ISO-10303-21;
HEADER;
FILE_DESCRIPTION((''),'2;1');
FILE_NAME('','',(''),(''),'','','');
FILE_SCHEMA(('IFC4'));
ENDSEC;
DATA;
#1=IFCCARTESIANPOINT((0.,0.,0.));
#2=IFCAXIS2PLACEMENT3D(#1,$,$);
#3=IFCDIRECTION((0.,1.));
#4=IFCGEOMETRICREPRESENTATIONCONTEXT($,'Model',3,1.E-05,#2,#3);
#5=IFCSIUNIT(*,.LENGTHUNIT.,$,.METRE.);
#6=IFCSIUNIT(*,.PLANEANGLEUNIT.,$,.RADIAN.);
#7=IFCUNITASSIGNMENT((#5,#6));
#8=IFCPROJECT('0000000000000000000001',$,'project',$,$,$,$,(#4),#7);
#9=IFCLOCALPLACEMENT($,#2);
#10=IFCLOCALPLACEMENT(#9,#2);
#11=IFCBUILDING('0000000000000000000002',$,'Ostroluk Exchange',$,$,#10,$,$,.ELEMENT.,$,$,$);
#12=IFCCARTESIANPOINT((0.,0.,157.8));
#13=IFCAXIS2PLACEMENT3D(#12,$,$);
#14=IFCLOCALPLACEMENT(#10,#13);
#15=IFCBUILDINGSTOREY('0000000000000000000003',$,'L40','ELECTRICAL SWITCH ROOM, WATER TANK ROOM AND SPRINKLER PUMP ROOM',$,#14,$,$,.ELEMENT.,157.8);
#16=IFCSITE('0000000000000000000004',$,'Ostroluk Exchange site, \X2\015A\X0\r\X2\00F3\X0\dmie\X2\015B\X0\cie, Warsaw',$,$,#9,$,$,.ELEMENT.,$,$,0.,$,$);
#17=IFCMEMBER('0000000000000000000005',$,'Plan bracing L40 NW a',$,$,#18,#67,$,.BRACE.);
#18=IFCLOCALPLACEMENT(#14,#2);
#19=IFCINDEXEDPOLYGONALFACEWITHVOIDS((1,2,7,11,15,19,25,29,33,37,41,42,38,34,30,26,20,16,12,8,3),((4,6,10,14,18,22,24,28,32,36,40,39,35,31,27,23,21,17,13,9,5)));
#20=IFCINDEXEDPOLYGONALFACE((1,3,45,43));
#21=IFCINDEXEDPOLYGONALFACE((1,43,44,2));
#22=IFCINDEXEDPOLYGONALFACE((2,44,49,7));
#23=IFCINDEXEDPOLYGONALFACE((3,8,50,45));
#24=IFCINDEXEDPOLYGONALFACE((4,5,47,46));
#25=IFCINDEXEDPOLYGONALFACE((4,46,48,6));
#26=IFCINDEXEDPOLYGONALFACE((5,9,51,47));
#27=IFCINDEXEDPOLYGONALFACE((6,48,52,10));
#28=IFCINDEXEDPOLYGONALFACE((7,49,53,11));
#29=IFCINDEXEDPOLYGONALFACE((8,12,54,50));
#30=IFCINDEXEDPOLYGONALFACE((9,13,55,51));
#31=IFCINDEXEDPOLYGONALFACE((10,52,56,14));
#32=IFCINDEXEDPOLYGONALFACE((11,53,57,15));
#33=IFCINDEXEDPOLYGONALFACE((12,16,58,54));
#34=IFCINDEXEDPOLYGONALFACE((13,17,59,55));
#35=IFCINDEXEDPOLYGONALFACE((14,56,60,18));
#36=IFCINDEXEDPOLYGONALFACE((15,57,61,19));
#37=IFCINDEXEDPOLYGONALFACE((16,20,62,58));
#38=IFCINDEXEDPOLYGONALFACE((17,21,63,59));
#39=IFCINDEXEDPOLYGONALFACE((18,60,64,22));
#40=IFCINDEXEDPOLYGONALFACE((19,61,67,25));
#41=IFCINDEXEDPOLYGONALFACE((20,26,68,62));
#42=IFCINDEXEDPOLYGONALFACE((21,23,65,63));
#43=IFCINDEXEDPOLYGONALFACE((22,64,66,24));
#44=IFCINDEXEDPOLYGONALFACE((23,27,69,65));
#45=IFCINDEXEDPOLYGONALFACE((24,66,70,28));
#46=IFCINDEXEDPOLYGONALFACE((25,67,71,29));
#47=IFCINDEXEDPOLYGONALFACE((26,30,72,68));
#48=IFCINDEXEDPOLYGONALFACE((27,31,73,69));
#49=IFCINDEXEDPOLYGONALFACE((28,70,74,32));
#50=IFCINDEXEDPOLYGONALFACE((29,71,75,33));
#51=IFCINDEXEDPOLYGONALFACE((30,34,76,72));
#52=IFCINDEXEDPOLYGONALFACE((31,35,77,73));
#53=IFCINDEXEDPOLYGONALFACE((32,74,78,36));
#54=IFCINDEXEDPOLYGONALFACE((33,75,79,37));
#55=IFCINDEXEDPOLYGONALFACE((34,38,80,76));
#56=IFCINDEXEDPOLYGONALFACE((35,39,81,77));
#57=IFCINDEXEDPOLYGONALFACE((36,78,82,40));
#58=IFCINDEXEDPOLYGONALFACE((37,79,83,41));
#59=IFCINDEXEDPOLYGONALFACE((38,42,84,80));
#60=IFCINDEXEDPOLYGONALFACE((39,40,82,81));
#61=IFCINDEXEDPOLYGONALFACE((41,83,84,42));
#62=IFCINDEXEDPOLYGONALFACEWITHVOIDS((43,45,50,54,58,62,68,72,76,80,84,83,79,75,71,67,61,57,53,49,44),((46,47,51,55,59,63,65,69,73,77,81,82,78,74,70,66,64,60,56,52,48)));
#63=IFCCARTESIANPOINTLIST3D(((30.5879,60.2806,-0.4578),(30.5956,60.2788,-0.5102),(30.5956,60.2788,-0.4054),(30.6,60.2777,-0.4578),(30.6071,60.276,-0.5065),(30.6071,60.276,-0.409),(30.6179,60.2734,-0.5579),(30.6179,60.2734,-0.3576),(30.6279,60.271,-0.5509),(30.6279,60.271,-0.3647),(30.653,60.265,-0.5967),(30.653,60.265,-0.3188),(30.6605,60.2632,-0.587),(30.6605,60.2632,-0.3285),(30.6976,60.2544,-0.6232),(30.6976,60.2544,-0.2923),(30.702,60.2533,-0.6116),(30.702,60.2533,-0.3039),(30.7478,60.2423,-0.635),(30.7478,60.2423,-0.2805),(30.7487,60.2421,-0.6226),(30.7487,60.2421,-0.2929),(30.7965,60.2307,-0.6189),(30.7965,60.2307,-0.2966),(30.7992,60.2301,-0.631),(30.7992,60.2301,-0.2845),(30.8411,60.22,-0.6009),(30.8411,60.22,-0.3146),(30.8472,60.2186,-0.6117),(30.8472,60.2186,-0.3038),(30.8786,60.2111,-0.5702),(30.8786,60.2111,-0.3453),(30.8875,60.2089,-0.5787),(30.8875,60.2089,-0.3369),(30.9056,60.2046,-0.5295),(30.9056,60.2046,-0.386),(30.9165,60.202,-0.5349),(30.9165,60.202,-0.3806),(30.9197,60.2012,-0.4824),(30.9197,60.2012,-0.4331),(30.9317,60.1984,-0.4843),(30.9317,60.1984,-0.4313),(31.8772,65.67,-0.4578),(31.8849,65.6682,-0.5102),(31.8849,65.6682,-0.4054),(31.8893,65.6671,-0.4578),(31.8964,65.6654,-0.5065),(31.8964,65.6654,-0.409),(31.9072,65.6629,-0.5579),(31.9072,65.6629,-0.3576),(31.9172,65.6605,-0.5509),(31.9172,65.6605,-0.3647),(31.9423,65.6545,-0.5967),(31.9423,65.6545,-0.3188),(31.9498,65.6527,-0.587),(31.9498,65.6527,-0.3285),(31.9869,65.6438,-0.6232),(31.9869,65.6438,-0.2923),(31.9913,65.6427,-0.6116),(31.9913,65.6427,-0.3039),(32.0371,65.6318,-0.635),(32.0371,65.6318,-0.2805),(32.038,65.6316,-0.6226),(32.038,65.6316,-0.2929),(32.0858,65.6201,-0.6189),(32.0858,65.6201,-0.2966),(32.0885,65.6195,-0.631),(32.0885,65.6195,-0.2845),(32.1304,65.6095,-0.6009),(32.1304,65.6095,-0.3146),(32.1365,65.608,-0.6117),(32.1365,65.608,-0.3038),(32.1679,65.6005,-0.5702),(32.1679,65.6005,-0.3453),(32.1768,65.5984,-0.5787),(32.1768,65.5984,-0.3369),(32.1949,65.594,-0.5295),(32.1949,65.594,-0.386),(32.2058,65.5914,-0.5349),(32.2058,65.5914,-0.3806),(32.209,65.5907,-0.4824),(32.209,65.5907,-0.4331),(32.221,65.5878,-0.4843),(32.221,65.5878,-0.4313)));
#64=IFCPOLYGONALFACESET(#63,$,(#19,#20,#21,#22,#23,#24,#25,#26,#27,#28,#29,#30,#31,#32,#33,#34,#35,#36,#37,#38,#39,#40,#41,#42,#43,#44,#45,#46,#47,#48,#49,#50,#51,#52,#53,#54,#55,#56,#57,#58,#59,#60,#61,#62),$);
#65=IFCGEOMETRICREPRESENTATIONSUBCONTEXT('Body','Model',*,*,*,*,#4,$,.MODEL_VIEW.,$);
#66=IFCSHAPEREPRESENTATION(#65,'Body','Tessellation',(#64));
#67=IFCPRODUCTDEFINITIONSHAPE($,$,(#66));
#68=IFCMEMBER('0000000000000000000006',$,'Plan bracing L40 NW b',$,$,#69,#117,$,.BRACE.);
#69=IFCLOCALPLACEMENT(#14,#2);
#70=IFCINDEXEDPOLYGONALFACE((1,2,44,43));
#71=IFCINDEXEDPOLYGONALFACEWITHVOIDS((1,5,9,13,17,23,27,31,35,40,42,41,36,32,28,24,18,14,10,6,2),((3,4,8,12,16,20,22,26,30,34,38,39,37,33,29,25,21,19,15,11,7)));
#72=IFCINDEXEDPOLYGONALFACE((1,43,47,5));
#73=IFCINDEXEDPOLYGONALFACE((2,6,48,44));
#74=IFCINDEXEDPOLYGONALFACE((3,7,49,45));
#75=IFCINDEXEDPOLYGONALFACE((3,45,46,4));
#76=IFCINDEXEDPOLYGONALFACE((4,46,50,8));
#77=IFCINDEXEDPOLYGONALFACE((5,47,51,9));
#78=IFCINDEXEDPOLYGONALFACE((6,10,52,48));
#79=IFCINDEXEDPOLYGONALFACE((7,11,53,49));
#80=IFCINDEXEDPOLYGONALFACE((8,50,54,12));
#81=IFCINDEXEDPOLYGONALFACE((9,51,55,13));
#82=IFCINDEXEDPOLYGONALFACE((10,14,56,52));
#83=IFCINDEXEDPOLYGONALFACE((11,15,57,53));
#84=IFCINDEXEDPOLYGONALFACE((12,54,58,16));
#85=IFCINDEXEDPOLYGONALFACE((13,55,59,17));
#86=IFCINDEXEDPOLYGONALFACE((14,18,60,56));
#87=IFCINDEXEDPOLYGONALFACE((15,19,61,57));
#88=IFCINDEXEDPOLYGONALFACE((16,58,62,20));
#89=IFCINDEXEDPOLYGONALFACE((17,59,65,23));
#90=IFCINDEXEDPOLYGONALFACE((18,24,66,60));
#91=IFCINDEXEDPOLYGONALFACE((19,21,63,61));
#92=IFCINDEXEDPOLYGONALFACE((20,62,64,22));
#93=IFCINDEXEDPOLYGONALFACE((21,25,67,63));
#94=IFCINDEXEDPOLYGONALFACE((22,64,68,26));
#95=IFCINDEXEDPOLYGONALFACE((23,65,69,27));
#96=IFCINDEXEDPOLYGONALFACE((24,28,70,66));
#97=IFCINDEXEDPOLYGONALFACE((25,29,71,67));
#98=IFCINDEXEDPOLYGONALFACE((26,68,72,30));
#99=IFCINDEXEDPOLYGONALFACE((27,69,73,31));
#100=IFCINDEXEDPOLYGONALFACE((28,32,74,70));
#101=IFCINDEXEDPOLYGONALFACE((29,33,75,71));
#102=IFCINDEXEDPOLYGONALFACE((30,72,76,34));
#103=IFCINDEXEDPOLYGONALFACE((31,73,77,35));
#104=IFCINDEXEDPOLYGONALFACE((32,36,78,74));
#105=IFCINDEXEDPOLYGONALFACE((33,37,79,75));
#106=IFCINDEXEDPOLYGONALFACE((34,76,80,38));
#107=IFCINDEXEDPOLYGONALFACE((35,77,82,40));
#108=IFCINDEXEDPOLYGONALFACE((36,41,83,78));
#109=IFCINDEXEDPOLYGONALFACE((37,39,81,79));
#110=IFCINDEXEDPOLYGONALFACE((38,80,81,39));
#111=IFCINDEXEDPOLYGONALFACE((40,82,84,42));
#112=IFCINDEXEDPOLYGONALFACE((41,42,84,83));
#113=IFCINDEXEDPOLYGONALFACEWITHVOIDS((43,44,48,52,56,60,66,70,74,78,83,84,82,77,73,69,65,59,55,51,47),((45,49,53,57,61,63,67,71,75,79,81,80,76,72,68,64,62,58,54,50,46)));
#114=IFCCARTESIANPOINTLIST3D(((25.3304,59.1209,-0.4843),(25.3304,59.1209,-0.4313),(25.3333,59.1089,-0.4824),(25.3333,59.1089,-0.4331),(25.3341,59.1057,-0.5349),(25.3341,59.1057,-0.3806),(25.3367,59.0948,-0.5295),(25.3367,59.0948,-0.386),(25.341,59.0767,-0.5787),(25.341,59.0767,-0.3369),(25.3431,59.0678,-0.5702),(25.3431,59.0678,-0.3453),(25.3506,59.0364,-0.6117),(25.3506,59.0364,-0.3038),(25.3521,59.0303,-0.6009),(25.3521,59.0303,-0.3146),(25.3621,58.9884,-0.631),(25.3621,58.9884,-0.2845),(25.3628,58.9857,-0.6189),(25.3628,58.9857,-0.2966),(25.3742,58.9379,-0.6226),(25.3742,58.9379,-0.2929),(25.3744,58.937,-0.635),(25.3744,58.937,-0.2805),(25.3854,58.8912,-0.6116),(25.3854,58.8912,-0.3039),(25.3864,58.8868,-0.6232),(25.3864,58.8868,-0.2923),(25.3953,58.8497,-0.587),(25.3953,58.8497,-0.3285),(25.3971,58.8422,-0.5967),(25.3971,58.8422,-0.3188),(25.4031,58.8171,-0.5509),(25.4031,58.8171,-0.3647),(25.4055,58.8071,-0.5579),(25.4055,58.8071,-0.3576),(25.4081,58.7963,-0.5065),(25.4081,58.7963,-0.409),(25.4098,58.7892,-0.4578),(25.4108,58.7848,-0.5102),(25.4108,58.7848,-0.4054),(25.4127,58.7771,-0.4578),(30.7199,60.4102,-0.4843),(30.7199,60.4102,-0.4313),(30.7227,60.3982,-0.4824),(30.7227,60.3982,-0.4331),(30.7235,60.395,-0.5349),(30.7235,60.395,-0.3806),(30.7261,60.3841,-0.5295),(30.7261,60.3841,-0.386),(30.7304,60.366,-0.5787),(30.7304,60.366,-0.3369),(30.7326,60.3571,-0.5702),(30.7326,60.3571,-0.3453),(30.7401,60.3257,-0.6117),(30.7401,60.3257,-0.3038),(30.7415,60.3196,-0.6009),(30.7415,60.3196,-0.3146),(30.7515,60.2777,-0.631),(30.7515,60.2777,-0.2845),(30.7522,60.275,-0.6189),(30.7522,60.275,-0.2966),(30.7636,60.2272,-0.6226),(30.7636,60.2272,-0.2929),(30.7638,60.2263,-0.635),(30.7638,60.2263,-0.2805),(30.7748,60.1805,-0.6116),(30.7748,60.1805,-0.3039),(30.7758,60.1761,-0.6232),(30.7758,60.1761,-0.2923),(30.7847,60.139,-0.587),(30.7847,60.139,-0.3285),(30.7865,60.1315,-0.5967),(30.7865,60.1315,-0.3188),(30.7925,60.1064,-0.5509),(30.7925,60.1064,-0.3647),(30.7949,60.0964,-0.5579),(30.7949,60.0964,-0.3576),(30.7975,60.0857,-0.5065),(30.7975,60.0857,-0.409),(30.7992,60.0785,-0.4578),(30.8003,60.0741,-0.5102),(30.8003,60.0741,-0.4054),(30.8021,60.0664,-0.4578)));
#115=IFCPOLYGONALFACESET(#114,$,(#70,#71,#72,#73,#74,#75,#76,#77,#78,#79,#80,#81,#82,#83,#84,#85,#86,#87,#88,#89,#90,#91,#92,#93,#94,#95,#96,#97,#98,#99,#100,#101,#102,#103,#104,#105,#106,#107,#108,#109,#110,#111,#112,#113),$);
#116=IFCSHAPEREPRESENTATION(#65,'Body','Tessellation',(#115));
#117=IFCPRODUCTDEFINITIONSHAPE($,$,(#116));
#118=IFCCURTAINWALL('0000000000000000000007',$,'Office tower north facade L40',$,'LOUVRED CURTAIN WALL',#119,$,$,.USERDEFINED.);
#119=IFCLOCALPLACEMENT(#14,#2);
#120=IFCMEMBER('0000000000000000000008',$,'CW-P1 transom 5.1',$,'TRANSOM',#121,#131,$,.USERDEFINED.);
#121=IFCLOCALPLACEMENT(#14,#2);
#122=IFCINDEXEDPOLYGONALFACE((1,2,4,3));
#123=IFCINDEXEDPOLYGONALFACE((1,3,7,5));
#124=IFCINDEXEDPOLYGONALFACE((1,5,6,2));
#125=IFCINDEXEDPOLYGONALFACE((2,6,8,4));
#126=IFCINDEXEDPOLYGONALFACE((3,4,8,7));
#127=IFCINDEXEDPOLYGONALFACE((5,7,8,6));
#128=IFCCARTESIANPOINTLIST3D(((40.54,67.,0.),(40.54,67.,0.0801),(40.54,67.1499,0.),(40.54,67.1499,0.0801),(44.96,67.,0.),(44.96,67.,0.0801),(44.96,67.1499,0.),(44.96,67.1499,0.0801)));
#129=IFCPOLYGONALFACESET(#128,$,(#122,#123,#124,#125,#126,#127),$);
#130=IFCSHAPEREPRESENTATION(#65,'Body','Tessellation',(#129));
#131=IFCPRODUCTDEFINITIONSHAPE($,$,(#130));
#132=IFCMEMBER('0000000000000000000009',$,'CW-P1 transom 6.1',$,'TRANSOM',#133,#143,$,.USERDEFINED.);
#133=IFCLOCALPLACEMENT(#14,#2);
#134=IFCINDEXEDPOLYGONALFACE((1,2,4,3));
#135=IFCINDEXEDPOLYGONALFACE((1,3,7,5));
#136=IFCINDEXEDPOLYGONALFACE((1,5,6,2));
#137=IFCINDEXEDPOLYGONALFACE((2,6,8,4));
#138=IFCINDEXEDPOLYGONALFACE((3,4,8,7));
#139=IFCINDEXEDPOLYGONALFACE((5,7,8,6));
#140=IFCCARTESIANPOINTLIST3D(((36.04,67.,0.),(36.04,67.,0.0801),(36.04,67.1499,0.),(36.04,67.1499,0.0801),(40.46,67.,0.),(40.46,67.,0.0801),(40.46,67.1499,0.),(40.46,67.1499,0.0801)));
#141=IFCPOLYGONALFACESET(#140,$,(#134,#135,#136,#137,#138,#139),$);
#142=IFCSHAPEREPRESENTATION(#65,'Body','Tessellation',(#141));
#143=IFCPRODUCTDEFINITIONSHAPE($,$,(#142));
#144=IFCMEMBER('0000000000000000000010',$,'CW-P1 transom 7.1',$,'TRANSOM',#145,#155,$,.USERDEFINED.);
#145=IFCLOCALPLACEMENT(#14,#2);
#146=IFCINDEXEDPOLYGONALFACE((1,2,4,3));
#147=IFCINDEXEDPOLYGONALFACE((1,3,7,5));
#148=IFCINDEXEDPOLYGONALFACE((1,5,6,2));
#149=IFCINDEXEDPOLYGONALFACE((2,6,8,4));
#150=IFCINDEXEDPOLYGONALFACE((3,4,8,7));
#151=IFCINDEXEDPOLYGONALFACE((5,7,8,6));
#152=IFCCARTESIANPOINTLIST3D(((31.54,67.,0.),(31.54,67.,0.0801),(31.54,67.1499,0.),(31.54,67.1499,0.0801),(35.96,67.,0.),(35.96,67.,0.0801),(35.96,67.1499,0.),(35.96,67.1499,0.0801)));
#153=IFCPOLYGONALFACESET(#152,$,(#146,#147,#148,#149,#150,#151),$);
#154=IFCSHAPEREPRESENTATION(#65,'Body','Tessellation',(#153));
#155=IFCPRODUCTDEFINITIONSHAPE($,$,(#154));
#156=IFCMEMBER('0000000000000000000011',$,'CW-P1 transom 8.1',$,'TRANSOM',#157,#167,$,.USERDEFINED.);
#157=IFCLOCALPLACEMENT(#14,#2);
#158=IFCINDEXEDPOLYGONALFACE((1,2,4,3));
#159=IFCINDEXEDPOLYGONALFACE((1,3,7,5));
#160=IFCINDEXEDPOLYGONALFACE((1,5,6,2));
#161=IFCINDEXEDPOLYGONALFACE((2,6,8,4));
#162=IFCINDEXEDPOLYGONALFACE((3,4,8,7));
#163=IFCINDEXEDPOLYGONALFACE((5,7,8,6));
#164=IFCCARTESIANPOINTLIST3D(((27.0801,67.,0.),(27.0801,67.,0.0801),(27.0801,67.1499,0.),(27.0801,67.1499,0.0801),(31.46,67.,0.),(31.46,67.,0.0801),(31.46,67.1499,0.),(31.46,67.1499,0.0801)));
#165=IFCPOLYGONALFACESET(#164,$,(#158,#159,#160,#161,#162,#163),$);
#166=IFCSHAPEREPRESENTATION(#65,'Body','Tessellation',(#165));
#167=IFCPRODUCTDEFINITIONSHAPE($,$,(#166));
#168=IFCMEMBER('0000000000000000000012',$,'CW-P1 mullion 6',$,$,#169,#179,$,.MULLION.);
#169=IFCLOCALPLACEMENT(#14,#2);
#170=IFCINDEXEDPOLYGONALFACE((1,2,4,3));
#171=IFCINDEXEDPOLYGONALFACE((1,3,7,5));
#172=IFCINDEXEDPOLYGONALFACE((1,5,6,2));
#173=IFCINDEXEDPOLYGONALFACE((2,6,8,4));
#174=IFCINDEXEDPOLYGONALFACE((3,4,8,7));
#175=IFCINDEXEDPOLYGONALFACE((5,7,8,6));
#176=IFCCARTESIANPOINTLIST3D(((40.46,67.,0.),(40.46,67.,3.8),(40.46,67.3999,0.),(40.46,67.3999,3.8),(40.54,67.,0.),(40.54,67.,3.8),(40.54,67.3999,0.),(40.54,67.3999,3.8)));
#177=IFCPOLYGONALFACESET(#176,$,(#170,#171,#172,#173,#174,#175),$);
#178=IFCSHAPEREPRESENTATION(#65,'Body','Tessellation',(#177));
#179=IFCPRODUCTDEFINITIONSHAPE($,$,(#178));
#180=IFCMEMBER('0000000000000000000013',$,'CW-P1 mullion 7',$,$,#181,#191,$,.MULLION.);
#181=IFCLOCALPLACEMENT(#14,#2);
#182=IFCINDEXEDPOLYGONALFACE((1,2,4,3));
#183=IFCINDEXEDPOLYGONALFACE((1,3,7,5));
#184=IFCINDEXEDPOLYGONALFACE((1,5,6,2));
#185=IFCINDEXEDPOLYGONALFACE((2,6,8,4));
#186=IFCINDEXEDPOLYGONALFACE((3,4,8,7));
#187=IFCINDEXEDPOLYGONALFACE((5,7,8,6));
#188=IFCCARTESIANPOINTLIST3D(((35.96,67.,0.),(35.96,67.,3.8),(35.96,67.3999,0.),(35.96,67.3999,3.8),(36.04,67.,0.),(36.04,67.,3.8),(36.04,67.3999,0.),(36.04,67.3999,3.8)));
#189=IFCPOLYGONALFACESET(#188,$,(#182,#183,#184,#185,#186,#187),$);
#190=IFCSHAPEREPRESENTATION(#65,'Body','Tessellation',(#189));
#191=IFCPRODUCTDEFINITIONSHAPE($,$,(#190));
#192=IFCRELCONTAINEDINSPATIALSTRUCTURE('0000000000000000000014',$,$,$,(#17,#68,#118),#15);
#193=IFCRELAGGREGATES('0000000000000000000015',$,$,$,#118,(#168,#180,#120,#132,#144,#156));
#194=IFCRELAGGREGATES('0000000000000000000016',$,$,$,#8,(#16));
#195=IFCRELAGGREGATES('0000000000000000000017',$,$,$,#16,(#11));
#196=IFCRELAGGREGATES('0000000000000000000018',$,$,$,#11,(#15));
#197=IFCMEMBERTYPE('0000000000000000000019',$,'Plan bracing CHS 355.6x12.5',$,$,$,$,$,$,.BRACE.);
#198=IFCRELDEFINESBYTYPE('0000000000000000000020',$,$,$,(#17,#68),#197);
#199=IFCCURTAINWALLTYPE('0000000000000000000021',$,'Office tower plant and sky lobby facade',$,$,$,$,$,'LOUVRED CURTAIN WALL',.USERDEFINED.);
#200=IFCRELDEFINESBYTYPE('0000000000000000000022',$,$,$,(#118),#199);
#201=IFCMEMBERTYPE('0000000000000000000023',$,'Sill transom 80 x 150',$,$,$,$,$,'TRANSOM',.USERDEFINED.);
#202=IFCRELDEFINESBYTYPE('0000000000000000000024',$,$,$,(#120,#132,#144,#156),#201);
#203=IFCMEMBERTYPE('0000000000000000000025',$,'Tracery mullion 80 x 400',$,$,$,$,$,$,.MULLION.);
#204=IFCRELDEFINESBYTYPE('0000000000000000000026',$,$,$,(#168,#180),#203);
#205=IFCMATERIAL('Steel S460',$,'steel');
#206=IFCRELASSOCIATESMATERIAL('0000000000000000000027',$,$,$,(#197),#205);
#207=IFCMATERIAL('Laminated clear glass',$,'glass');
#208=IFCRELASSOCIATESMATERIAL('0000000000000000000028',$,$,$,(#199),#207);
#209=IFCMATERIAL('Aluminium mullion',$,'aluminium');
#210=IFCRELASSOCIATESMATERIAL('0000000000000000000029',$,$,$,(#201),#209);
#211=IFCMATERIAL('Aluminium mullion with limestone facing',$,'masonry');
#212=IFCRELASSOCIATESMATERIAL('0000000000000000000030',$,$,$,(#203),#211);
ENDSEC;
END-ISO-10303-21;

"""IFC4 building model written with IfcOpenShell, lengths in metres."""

from ifc_helpers import new_model, si_unit, direction, frame, origin, origin_2d, place, context, subcontext, project, spatial, rectangle, hollow_circle, extrude, material, material_profile, profile_set, type_object, element, aggregate, save


model = new_model("IFC4")

# Units and contexts
model_context = context("Model", 3, precision=1e-05, world=origin(), true_north=direction((0.0, 1.0)))
body_context = subcontext(model_context, "Body", "Model", "MODEL_VIEW")
ifc_project = project(units=[si_unit("LENGTHUNIT", "METRE"), si_unit("PLANEANGLEUNIT", "RADIAN")], contexts=[model_context])

# Site, building, storey
site_placement = place(None, origin())
site = spatial("IfcSite", under=ifc_project, at=site_placement, Name="Ostroluk Exchange site, Śródmieście, Warsaw", CompositionType="ELEMENT", RefElevation=0.0)
building_placement = place(site_placement, origin())
building = spatial("IfcBuilding", under=site, at=building_placement, Name="Ostroluk Exchange", CompositionType="ELEMENT")
storey_placement = place(building_placement, frame((0.0, 0.0, 157.8)))
storey = spatial("IfcBuildingStorey", under=building, at=storey_placement, Name="L40", Description="ELECTRICAL SWITCH ROOM, WATER TANK ROOM AND SPRINKLER PUMP ROOM", CompositionType="ELEMENT", Elevation=157.8)

# Members
ifc_material_1 = material(Name="Steel S460", Category="steel")
ifc_material_profile_1 = material_profile(ifc_material_1, hollow_circle(Radius=0.1777, WallThickness=0.0125, at=origin_2d()), Name="CHS 355.6x12.5")
ifc_profile_set_1 = profile_set([ifc_material_profile_1], Name="Steel S460")
member_type_1 = type_object("IfcMemberType", Name="Plan bracing CHS 355.6x12.5", PredefinedType="BRACE", material=ifc_profile_set_1)
for number, where, z_axis, x_axis, name in (
    (1, (30.7607, 60.2393, -0.4578), (0.232665, 0.972557, 0.0), (-0.972557, 0.232665, 0.0), "Plan bracing L40 NW a"),
    (2, (30.7607, 60.2393, -0.4578), (-0.972557, -0.232665, 0.0), (0.232665, -0.972557, 0.0), "Plan bracing L40 NW b"),
):
    element("IfcMember", number, at=place(storey_placement, frame(where, z_axis=z_axis, x_axis=x_axis)), inside=storey, type_object=member_type_1, Name=name, PredefinedType="BRACE", context=body_context, shape_type="SweptSolid", body=[
        extrude(hollow_circle(Radius=0.1777, WallThickness=0.0125, at=origin_2d()), origin(), (0.0, 0.0, 1.0), 5.5415),
    ])

# Curtain wall, members
ifc_material_2 = material(Name="Laminated clear glass", Category="glass")
curtain_wall_type = type_object("IfcCurtainWallType", Name="Office tower plant and sky lobby facade", ElementType="LOUVRED CURTAIN WALL", PredefinedType="USERDEFINED", material=ifc_material_2)
curtain_wall_placement = place(storey_placement, origin())
curtain_wall = element("IfcCurtainWall", 3, at=curtain_wall_placement, inside=storey, type_object=curtain_wall_type, Name="Office tower north facade L40", ObjectType="LOUVRED CURTAIN WALL", PredefinedType="USERDEFINED")
ifc_material_3 = material(Name="Aluminium mullion", Category="aluminium")
ifc_material_profile_2 = material_profile(ifc_material_3, rectangle(XDim=0.1499, YDim=0.0801, at=origin_2d()), Name="Sill transom 80 x 150")
ifc_profile_set_2 = profile_set([ifc_material_profile_2], Name="Aluminium mullion")
member_type_2 = type_object("IfcMemberType", Name="Sill transom 80 x 150", ElementType="TRANSOM", PredefinedType="USERDEFINED", material=ifc_profile_set_2)
member_1_placement = place(storey_placement, frame((44.96, 67.075, 0.04), z_axis=(-1.0, 0.0, 0.0), x_axis=(0.0, -1.0, 0.0)))
member_1 = element("IfcMember", 4, at=member_1_placement, type_object=member_type_2, Name="CW-P1 transom 5.1", ObjectType="TRANSOM", PredefinedType="USERDEFINED", context=body_context, shape_type="SweptSolid", body=[
    extrude(rectangle(XDim=0.1499, YDim=0.0801, at=origin_2d()), origin(), (0.0, 0.0, 1.0), 4.4199),
])
member_2_placement = place(storey_placement, frame((40.46, 67.075, 0.04), z_axis=(-1.0, 0.0, 0.0), x_axis=(0.0, -1.0, 0.0)))
member_2 = element("IfcMember", 5, at=member_2_placement, type_object=member_type_2, Name="CW-P1 transom 6.1", ObjectType="TRANSOM", PredefinedType="USERDEFINED", context=body_context, shape_type="SweptSolid", body=[
    extrude(rectangle(XDim=0.1499, YDim=0.0801, at=origin_2d()), origin(), (0.0, 0.0, 1.0), 4.4199),
])
member_3_placement = place(storey_placement, frame((35.96, 67.075, 0.04), z_axis=(-1.0, 0.0, 0.0), x_axis=(0.0, -1.0, 0.0)))
member_3 = element("IfcMember", 6, at=member_3_placement, type_object=member_type_2, Name="CW-P1 transom 7.1", ObjectType="TRANSOM", PredefinedType="USERDEFINED", context=body_context, shape_type="SweptSolid", body=[
    extrude(rectangle(XDim=0.1499, YDim=0.0801, at=origin_2d()), origin(), (0.0, 0.0, 1.0), 4.4199),
])
member_4_placement = place(storey_placement, frame((31.46, 67.075, 0.04), z_axis=(-1.0, 0.0, 0.0), x_axis=(0.0, -1.0, 0.0)))
member_4 = element("IfcMember", 7, at=member_4_placement, type_object=member_type_2, Name="CW-P1 transom 8.1", ObjectType="TRANSOM", PredefinedType="USERDEFINED", context=body_context, shape_type="SweptSolid", body=[
    extrude(rectangle(XDim=0.1499, YDim=0.0801, at=origin_2d()), origin(), (0.0, 0.0, 1.0), 4.3799),
])
ifc_material_4 = material(Name="Aluminium mullion with limestone facing", Category="masonry")
ifc_material_profile_3 = material_profile(ifc_material_4, rectangle(XDim=0.3999, YDim=0.0801, at=origin_2d()), Name="Tracery mullion 80 x 400")
ifc_profile_set_3 = profile_set([ifc_material_profile_3], Name="Aluminium mullion with limestone facing")
member_type_3 = type_object("IfcMemberType", Name="Tracery mullion 80 x 400", PredefinedType="MULLION", material=ifc_profile_set_3)
member_5_placement = place(storey_placement, frame((40.5, 67.2, 0.0), z_axis=(0.0, 0.0, 1.0), x_axis=(0.0, -1.0, 0.0)))
member_5 = element("IfcMember", 8, at=member_5_placement, type_object=member_type_3, Name="CW-P1 mullion 6", PredefinedType="MULLION", context=body_context, shape_type="SweptSolid", body=[
    extrude(rectangle(XDim=0.3999, YDim=0.0801, at=origin_2d()), origin(), (0.0, 0.0, 1.0), 3.8),
])
member_6_placement = place(storey_placement, frame((36.0, 67.2, 0.0), z_axis=(0.0, 0.0, 1.0), x_axis=(0.0, -1.0, 0.0)))
member_6 = element("IfcMember", 9, at=member_6_placement, type_object=member_type_3, Name="CW-P1 mullion 7", PredefinedType="MULLION", context=body_context, shape_type="SweptSolid", body=[
    extrude(rectangle(XDim=0.3999, YDim=0.0801, at=origin_2d()), origin(), (0.0, 0.0, 1.0), 3.8),
])
aggregate(curtain_wall, [member_5, member_6, member_1, member_2, member_3, member_4])

save(model, "model.ifc")
